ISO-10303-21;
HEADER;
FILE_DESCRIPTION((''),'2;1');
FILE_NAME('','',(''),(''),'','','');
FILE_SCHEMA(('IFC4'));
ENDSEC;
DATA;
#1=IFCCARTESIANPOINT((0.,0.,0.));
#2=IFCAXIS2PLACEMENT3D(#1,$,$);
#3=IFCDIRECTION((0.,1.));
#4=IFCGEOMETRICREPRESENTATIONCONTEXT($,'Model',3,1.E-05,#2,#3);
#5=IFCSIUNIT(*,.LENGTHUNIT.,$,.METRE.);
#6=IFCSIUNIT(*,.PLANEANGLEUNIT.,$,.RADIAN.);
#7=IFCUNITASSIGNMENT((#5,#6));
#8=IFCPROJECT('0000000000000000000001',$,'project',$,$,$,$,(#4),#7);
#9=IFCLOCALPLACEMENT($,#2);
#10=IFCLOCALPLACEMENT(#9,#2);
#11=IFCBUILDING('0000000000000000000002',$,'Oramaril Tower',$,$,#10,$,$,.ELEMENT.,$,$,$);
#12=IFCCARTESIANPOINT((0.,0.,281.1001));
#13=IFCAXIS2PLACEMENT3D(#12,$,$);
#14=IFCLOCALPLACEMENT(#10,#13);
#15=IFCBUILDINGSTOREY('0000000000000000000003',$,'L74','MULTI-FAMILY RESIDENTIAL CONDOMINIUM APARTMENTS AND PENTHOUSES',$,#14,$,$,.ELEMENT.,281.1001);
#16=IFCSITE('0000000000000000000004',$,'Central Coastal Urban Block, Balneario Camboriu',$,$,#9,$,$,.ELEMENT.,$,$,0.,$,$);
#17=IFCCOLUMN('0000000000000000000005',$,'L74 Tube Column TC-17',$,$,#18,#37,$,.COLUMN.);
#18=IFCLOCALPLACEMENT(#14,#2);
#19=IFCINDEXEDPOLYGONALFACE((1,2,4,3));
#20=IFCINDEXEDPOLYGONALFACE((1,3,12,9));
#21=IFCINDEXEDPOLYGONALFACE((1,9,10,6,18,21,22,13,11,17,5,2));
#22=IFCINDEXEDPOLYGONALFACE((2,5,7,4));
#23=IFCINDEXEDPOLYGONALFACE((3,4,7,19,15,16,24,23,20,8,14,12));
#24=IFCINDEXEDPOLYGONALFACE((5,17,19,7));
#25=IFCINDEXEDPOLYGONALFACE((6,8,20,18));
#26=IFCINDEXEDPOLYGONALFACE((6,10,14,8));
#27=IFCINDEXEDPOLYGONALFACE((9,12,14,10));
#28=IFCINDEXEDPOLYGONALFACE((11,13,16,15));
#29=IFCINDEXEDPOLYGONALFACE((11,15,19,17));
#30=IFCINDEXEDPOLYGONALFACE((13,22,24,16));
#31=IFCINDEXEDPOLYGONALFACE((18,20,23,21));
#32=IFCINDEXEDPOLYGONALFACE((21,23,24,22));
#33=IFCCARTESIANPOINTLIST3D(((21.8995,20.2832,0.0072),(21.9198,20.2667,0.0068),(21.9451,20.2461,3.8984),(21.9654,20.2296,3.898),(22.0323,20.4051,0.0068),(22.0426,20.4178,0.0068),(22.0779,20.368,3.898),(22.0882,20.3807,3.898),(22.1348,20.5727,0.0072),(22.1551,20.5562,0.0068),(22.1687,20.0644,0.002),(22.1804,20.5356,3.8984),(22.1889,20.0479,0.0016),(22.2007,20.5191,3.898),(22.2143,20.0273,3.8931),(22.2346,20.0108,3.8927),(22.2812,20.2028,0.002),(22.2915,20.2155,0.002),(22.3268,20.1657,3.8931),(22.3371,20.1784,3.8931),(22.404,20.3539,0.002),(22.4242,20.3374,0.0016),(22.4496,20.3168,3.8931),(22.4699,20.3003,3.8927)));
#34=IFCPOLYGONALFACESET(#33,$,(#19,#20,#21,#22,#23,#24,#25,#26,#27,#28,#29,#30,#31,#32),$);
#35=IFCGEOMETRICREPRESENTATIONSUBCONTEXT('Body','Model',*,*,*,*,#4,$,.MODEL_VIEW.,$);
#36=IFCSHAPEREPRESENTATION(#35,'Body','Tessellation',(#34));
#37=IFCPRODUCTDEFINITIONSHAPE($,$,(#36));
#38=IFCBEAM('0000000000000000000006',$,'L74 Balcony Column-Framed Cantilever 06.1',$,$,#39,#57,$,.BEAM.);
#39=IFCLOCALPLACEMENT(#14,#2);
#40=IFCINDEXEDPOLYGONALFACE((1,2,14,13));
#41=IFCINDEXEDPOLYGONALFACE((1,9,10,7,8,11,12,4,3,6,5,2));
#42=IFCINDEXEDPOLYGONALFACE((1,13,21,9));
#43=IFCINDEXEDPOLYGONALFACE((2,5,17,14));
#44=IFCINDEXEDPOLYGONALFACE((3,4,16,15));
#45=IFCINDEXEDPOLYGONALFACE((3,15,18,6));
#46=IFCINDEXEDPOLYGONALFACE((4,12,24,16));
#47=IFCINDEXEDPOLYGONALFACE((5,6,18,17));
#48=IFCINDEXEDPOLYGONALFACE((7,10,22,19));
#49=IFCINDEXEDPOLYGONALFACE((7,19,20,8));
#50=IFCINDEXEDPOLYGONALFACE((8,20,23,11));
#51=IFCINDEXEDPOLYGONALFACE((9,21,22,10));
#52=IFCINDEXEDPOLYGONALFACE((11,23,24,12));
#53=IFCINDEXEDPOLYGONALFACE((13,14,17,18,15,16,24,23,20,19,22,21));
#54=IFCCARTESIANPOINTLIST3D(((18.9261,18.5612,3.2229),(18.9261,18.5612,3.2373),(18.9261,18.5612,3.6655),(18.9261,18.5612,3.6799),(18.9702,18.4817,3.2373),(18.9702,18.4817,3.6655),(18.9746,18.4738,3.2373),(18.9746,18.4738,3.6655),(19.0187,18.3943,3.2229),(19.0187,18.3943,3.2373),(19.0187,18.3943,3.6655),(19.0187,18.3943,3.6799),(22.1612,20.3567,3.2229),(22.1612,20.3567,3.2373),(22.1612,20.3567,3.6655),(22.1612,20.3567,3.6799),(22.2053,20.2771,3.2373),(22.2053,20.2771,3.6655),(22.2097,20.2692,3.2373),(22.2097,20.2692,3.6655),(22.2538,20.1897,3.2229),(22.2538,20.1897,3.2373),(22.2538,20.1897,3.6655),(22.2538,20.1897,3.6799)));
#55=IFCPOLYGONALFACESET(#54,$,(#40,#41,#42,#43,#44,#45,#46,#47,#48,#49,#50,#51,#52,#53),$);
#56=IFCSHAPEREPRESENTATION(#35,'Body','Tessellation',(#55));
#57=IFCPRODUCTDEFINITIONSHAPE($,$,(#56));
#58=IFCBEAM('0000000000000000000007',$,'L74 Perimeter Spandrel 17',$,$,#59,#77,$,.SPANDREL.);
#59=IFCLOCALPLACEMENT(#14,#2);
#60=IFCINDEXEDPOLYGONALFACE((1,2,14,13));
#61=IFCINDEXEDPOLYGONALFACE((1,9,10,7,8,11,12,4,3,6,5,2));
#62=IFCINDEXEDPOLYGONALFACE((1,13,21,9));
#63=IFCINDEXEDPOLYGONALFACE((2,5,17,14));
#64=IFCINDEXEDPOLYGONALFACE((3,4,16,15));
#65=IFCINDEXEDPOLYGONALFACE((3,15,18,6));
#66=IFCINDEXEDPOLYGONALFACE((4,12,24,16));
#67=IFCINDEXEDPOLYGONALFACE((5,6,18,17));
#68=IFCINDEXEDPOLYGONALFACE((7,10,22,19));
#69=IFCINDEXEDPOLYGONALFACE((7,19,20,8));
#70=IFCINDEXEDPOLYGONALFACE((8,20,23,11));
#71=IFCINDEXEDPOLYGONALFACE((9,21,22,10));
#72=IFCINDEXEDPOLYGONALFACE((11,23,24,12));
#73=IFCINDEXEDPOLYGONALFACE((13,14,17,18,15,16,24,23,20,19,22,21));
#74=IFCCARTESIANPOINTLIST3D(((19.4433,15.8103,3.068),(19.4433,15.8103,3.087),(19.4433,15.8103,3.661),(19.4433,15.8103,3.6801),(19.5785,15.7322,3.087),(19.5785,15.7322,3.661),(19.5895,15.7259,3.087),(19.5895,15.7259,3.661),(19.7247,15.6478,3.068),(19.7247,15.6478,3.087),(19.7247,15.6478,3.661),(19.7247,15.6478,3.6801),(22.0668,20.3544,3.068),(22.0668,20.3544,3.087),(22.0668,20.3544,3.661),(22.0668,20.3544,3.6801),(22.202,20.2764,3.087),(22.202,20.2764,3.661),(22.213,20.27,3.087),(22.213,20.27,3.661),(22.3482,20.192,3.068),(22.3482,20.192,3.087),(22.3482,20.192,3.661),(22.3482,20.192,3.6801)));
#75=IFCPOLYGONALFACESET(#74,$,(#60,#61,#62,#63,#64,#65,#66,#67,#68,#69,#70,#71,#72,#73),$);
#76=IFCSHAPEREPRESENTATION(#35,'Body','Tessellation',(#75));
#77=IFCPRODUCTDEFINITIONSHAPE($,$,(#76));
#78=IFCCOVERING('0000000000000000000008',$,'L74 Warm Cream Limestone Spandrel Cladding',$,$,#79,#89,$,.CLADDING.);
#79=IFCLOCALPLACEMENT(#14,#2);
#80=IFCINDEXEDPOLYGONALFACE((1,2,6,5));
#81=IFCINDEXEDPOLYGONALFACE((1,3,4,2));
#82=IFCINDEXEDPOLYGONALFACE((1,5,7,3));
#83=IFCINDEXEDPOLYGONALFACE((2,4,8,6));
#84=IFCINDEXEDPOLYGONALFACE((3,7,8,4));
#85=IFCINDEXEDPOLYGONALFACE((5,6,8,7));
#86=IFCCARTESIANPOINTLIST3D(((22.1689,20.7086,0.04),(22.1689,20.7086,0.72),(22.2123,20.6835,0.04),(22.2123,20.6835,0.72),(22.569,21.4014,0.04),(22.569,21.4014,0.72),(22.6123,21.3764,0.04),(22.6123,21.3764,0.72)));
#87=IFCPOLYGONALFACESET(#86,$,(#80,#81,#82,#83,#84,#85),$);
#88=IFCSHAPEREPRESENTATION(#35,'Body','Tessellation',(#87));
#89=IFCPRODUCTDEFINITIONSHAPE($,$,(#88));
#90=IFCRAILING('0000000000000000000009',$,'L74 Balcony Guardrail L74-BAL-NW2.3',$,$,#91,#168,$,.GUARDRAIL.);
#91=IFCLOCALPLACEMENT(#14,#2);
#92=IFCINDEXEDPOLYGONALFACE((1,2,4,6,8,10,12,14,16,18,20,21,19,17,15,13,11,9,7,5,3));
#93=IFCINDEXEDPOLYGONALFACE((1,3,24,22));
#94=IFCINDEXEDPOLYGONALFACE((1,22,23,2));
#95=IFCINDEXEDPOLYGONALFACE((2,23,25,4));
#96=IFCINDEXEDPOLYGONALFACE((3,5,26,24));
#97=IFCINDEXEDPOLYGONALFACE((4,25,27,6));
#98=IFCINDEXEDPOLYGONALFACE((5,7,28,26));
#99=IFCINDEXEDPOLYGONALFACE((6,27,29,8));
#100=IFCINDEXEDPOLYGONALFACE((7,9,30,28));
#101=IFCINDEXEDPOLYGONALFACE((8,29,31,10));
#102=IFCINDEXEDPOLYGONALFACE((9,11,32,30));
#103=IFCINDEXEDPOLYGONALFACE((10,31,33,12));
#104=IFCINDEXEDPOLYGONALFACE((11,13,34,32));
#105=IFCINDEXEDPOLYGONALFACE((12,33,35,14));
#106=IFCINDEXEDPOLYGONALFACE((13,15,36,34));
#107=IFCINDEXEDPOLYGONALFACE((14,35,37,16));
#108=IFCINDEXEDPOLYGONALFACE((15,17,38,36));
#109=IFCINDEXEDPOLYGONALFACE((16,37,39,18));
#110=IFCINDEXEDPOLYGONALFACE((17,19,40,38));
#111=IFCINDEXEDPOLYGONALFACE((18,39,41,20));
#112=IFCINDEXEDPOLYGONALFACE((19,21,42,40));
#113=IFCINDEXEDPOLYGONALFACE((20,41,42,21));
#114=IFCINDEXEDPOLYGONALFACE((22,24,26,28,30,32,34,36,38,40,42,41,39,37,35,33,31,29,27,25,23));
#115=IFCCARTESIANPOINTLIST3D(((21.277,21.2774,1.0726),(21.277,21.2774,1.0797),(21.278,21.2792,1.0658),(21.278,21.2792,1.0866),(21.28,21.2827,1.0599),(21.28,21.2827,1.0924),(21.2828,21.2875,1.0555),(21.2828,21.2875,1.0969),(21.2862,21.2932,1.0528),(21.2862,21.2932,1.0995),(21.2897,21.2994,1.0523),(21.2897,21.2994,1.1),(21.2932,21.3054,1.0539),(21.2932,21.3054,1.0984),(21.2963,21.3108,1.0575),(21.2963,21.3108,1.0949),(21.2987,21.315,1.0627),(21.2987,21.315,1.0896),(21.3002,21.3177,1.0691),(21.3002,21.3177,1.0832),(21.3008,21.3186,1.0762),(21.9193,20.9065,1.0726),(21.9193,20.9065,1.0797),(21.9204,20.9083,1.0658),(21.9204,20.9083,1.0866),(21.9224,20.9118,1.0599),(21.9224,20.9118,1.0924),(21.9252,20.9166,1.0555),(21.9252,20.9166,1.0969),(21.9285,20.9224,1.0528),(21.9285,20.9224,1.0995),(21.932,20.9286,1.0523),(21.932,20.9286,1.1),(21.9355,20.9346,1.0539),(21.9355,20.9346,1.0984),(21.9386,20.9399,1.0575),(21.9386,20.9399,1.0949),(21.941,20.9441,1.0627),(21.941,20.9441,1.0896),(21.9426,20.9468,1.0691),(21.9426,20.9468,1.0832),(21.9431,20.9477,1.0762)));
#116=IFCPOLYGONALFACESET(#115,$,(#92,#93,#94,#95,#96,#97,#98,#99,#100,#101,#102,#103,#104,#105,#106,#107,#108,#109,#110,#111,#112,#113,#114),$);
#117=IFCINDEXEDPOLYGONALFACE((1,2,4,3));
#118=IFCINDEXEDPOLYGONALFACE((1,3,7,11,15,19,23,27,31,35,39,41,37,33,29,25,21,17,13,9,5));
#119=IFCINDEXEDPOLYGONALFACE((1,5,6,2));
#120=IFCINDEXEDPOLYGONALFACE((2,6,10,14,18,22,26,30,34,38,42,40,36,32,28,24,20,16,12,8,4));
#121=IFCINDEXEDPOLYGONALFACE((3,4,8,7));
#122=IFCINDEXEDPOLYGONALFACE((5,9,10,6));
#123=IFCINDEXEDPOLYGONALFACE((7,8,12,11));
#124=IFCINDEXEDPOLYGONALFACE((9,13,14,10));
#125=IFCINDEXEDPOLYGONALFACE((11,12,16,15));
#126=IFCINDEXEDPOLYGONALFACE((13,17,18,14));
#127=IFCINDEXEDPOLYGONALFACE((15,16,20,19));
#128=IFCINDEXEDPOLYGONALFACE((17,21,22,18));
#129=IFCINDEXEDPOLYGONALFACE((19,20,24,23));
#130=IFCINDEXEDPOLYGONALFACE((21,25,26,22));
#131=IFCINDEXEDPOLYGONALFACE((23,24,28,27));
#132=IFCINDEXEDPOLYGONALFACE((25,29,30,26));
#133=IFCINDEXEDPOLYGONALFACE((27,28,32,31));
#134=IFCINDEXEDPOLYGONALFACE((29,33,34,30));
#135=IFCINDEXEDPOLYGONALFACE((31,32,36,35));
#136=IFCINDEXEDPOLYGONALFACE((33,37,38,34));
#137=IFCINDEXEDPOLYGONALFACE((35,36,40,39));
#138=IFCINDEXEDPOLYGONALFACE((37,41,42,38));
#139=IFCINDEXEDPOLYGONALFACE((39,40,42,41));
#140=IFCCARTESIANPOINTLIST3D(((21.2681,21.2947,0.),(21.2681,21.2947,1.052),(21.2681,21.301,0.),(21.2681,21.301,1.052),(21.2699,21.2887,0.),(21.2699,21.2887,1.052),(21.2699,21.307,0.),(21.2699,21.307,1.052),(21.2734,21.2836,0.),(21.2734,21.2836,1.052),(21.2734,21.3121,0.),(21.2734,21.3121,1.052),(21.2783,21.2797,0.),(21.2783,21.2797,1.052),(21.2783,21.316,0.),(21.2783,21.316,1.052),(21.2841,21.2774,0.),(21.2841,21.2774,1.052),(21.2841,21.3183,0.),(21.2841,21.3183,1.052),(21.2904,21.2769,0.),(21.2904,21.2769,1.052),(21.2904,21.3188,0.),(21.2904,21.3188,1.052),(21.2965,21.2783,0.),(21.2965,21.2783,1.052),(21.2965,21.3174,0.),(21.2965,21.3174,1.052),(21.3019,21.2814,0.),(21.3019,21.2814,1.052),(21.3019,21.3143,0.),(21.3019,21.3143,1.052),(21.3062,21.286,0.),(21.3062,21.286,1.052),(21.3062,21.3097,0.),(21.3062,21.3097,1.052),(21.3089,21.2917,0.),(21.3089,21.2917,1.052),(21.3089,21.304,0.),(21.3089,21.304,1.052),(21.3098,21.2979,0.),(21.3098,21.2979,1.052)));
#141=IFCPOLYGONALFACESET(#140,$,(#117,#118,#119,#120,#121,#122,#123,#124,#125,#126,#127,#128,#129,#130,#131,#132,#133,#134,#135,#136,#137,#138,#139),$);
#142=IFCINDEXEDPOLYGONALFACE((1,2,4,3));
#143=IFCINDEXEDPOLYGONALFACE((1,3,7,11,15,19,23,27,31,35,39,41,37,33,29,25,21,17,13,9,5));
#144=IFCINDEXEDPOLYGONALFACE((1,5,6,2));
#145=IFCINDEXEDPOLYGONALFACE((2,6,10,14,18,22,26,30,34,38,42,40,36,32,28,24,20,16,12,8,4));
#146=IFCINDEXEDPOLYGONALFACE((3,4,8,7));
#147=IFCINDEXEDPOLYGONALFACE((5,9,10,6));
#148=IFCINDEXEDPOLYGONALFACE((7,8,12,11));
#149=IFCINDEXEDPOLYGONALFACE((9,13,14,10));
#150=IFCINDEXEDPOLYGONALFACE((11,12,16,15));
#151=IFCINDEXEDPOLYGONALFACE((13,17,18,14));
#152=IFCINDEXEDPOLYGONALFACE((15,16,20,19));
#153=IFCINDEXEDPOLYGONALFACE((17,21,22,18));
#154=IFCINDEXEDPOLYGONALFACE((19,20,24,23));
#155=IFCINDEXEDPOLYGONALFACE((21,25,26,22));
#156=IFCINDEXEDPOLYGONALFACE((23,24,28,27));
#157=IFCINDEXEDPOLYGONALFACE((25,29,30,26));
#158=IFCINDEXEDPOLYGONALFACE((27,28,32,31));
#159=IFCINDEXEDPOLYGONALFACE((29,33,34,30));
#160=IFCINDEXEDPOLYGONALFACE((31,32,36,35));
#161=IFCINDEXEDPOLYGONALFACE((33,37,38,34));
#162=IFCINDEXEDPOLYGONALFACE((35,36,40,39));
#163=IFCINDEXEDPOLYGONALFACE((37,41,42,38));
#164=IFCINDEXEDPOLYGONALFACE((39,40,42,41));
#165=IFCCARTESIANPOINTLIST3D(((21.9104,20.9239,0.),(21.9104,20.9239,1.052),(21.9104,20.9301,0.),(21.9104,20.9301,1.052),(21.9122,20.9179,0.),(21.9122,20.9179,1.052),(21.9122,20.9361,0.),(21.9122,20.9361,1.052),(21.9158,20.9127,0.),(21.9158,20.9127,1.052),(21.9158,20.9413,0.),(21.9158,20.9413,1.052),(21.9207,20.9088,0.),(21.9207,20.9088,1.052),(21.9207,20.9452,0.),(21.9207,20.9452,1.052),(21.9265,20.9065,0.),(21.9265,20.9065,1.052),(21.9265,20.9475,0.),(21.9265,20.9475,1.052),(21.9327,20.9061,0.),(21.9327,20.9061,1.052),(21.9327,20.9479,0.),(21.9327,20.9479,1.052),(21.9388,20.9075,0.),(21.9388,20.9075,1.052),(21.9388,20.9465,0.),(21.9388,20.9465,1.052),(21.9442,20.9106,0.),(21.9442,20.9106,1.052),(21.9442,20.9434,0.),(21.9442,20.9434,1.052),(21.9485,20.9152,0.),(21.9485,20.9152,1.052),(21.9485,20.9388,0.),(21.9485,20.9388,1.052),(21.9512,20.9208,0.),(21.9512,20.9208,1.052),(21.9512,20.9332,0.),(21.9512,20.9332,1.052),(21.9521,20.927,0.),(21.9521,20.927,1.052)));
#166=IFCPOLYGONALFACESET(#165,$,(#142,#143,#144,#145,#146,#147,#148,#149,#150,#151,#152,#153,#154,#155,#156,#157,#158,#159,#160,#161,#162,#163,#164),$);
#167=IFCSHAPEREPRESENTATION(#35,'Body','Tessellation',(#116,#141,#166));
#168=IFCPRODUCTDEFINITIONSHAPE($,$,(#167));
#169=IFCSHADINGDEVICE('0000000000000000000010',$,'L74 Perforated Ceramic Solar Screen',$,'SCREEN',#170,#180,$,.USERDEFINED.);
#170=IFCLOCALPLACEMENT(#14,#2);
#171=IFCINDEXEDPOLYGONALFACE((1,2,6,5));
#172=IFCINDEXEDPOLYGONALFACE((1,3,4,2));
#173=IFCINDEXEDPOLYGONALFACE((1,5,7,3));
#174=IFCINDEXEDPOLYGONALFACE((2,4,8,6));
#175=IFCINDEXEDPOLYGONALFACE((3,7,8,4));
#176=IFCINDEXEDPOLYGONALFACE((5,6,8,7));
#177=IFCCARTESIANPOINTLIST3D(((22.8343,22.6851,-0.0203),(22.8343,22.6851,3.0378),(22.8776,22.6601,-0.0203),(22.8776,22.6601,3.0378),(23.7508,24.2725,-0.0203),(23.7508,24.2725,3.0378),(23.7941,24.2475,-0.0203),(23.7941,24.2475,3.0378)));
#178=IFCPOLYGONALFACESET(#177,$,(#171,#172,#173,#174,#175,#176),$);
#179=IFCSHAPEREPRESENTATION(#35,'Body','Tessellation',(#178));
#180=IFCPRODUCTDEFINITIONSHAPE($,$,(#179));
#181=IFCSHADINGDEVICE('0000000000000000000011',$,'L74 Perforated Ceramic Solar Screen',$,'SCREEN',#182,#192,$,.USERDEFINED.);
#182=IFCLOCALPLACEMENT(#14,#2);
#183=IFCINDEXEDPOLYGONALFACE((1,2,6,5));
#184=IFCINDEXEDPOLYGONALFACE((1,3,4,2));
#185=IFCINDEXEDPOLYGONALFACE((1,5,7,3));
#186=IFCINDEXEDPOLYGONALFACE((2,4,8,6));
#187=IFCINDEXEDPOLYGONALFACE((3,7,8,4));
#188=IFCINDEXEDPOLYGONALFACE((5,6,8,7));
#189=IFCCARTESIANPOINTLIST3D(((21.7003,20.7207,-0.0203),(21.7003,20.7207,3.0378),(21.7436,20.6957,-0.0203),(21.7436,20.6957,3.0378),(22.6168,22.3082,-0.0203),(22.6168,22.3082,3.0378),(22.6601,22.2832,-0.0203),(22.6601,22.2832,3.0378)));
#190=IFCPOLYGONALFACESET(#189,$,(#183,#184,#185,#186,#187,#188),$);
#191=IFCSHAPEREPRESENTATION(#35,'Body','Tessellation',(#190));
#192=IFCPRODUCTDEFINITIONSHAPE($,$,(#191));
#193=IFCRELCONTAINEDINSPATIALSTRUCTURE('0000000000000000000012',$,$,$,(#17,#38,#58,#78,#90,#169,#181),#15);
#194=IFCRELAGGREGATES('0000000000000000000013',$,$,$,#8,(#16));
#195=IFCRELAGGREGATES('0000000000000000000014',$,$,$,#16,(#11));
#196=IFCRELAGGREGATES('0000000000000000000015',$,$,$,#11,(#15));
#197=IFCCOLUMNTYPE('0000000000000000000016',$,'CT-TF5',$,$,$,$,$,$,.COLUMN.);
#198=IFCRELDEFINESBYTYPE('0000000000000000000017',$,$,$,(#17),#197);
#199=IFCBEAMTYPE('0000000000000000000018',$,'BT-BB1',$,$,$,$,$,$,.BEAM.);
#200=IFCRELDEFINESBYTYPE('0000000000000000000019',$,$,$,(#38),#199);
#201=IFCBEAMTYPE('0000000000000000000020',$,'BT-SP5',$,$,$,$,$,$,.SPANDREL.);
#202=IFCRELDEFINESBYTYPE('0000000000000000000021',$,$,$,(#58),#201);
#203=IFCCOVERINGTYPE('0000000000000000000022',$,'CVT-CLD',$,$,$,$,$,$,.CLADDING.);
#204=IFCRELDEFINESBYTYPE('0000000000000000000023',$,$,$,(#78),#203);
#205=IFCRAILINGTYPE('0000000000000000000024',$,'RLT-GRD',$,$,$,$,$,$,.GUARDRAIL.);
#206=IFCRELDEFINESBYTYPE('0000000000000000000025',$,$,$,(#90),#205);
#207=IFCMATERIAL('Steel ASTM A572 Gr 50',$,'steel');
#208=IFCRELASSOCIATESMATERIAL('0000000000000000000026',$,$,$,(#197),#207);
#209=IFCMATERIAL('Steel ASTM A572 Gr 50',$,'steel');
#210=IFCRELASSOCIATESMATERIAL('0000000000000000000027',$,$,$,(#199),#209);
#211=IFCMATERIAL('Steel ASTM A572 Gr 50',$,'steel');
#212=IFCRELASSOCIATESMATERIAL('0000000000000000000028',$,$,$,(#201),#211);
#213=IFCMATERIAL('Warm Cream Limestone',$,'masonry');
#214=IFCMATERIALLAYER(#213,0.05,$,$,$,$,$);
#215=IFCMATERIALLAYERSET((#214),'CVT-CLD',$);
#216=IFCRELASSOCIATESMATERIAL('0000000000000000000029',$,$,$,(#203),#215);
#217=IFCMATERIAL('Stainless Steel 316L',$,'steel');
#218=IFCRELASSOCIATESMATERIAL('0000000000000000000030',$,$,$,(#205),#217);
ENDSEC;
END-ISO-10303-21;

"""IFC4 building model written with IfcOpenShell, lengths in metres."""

from ifc_helpers import new_model, si_unit, direction, frame, origin, origin_2d, place, context, subcontext, project, spatial, rectangle, circle, i_section, extrude, material, layer, layer_set, material_profile, profile_set, type_object, element, save


model = new_model("IFC4")

# Units and contexts
model_context = context("Model", 3, precision=1e-05, world=origin(), true_north=direction((0.0, 1.0)))
body_context = subcontext(model_context, "Body", "Model", "MODEL_VIEW")
ifc_project = project(units=[si_unit("LENGTHUNIT", "METRE"), si_unit("PLANEANGLEUNIT", "RADIAN")], contexts=[model_context])

# Site, building, storey
site_placement = place(None, origin())
site = spatial("IfcSite", under=ifc_project, at=site_placement, Name="Central Coastal Urban Block, Balneario Camboriu", CompositionType="ELEMENT", RefElevation=0.0)
building_placement = place(site_placement, origin())
building = spatial("IfcBuilding", under=site, at=building_placement, Name="Oramaril Tower", CompositionType="ELEMENT")
storey_placement = place(building_placement, frame((0.0, 0.0, 281.1001)))
storey = spatial("IfcBuildingStorey", under=building, at=storey_placement, Name="L74", Description="MULTI-FAMILY RESIDENTIAL CONDOMINIUM APARTMENTS AND PENTHOUSES", CompositionType="ELEMENT", Elevation=281.1001)

# Column
ifc_material_1 = material(Name="Steel ASTM A572 Gr 50", Category="steel")
ifc_material_profile_1 = material_profile(ifc_material_1, i_section(OverallWidth=0.373, OverallDepth=0.373, WebThickness=0.0164, FlangeThickness=0.0261, at=origin_2d()), Name="W14X132")
ifc_profile_set_1 = profile_set([ifc_material_profile_1], Name="Steel ASTM A572 Gr 50")
column_type = type_object("IfcColumnType", Name="CT-TF5", PredefinedType="COLUMN", material=ifc_profile_set_1)
column_placement = place(storey_placement, frame((22.1619, 20.3103, 0.0044), z_axis=(0.011732, -0.009536, 0.999886), x_axis=(0.630749, 0.775987, 0.0)))
element("IfcColumn", 1, at=column_placement, inside=storey, type_object=column_type, Name="L74 Tube Column TC-17", PredefinedType="COLUMN", context=body_context, shape_type="SweptSolid", body=[
    extrude(i_section(OverallWidth=0.373, OverallDepth=0.373, WebThickness=0.0164, FlangeThickness=0.0261, at=origin_2d()), origin(), (0.0, 0.0, 1.0), 3.8916),
])

# Beams
ifc_material_2 = material(Name="Steel ASTM A572 Gr 50", Category="steel")
ifc_material_profile_2 = material_profile(ifc_material_2, i_section(OverallWidth=0.1909, OverallDepth=0.457, WebThickness=0.009, FlangeThickness=0.0144, at=origin_2d()), Name="W18X50")
ifc_profile_set_2 = profile_set([ifc_material_profile_2], Name="Steel ASTM A572 Gr 50")
beam_type_1 = type_object("IfcBeamType", Name="BT-BB1", PredefinedType="BEAM", material=ifc_profile_set_2)
beam_1_placement = place(storey_placement, frame((22.2075, 20.2732, 3.4514), z_axis=(-0.874372, -0.485256, 0.0), x_axis=(0.485256, -0.874372, 0.0)))
element("IfcBeam", 2, at=beam_1_placement, inside=storey, type_object=beam_type_1, Name="L74 Balcony Column-Framed Cantilever 06.1", PredefinedType="BEAM", context=body_context, shape_type="SweptSolid", body=[
    extrude(i_section(OverallWidth=0.1909, OverallDepth=0.457, WebThickness=0.009, FlangeThickness=0.0144, at=origin_2d()), origin(), (0.0, 0.0, 1.0), 3.7),
])
ifc_material_3 = material(Name="Steel ASTM A572 Gr 50", Category="steel")
ifc_material_profile_3 = material_profile(ifc_material_3, i_section(OverallWidth=0.325, OverallDepth=0.6121, WebThickness=0.0127, FlangeThickness=0.019, at=origin_2d()), Name="W24X104")
ifc_profile_set_3 = profile_set([ifc_material_profile_3], Name="Steel ASTM A572 Gr 50")
beam_type_2 = type_object("IfcBeamType", Name="BT-SP5", PredefinedType="SPANDREL", material=ifc_profile_set_3)
beam_2_placement = place(storey_placement, frame((22.2075, 20.2732, 3.374), z_axis=(-0.499992, -0.86603, 0.0), x_axis=(0.86603, -0.499992, 0.0)))
element("IfcBeam", 3, at=beam_2_placement, inside=storey, type_object=beam_type_2, Name="L74 Perimeter Spandrel 17", PredefinedType="SPANDREL", context=body_context, shape_type="SweptSolid", body=[
    extrude(i_section(OverallWidth=0.325, OverallDepth=0.6121, WebThickness=0.0127, FlangeThickness=0.019, at=origin_2d()), origin(), (0.0, 0.0, 1.0), 5.2471),
])

# Covering
ifc_material_4 = material(Name="Warm Cream Limestone", Category="masonry")
ifc_layer_1 = layer(ifc_material_4, 0.05)
ifc_layer_set_1 = layer_set([ifc_layer_1], Name="CVT-CLD")
covering_type = type_object("IfcCoveringType", Name="CVT-CLD", PredefinedType="CLADDING", material=ifc_layer_set_1)
covering_placement = place(storey_placement, frame((22.3906, 21.0425, 0.04), z_axis=(0.0, 0.0, 1.0), x_axis=(-0.5, -0.866025, 0.0)))
element("IfcCovering", 4, at=covering_placement, inside=storey, type_object=covering_type, Name="L74 Warm Cream Limestone Spandrel Cladding", PredefinedType="CLADDING", context=body_context, shape_type="SweptSolid", body=[
    extrude(rectangle(XDim=0.8, YDim=0.05, at=origin_2d()), origin(), (0.0, 0.0, 1.0), 0.6799),
])

# Railing
ifc_material_5 = material(Name="Stainless Steel 316L", Category="steel")
railing_type = type_object("IfcRailingType", Name="RLT-GRD", PredefinedType="GUARDRAIL", material=ifc_material_5)
railing_placement = place(storey_placement, frame((21.2888, 21.2979, 0.0)))
element("IfcRailing", 5, at=railing_placement, inside=storey, type_object=railing_type, Name="L74 Balcony Guardrail L74-BAL-NW2.3", PredefinedType="GUARDRAIL", context=body_context, shape_type="SweptSolid", body=[
    extrude(circle(Radius=0.0239, at=origin_2d()), frame((0.0, 0.0, 1.0762), z_axis=(0.866027, -0.499998, 0.0), x_axis=(0.499998, 0.866027, 0.0)), (0.0, 0.0, 1.0), 0.7417),
    extrude(circle(Radius=0.021, at=origin_2d()), origin(), (0.0, 0.0, 1.0), 1.052),
    extrude(circle(Radius=0.021, at=origin_2d()), frame((0.6423, -0.3708, 0.0)), (0.0, 0.0, 1.0), 1.052),
])

# Shading devices
for number, where, z_axis, x_axis, name in (
    (6, (23.3142, 23.4663, -0.0203), (0.0, 0.0, 1.0), (-0.5, -0.866025, 0.0), "L74 Perforated Ceramic Solar Screen"),
    (7, (22.1802, 21.502, -0.0203), (0.0, 0.0, 1.0), (-0.5, -0.866025, 0.0), "L74 Perforated Ceramic Solar Screen"),
):
    element("IfcShadingDevice", number, at=place(storey_placement, frame(where, z_axis=z_axis, x_axis=x_axis)), inside=storey, Name=name, ObjectType="SCREEN", PredefinedType="USERDEFINED", context=body_context, shape_type="SweptSolid", body=[
        extrude(rectangle(XDim=1.833, YDim=0.05, at=origin_2d()), origin(), (0.0, 0.0, 1.0), 3.0581),
    ])

save(model, "model.ifc")
